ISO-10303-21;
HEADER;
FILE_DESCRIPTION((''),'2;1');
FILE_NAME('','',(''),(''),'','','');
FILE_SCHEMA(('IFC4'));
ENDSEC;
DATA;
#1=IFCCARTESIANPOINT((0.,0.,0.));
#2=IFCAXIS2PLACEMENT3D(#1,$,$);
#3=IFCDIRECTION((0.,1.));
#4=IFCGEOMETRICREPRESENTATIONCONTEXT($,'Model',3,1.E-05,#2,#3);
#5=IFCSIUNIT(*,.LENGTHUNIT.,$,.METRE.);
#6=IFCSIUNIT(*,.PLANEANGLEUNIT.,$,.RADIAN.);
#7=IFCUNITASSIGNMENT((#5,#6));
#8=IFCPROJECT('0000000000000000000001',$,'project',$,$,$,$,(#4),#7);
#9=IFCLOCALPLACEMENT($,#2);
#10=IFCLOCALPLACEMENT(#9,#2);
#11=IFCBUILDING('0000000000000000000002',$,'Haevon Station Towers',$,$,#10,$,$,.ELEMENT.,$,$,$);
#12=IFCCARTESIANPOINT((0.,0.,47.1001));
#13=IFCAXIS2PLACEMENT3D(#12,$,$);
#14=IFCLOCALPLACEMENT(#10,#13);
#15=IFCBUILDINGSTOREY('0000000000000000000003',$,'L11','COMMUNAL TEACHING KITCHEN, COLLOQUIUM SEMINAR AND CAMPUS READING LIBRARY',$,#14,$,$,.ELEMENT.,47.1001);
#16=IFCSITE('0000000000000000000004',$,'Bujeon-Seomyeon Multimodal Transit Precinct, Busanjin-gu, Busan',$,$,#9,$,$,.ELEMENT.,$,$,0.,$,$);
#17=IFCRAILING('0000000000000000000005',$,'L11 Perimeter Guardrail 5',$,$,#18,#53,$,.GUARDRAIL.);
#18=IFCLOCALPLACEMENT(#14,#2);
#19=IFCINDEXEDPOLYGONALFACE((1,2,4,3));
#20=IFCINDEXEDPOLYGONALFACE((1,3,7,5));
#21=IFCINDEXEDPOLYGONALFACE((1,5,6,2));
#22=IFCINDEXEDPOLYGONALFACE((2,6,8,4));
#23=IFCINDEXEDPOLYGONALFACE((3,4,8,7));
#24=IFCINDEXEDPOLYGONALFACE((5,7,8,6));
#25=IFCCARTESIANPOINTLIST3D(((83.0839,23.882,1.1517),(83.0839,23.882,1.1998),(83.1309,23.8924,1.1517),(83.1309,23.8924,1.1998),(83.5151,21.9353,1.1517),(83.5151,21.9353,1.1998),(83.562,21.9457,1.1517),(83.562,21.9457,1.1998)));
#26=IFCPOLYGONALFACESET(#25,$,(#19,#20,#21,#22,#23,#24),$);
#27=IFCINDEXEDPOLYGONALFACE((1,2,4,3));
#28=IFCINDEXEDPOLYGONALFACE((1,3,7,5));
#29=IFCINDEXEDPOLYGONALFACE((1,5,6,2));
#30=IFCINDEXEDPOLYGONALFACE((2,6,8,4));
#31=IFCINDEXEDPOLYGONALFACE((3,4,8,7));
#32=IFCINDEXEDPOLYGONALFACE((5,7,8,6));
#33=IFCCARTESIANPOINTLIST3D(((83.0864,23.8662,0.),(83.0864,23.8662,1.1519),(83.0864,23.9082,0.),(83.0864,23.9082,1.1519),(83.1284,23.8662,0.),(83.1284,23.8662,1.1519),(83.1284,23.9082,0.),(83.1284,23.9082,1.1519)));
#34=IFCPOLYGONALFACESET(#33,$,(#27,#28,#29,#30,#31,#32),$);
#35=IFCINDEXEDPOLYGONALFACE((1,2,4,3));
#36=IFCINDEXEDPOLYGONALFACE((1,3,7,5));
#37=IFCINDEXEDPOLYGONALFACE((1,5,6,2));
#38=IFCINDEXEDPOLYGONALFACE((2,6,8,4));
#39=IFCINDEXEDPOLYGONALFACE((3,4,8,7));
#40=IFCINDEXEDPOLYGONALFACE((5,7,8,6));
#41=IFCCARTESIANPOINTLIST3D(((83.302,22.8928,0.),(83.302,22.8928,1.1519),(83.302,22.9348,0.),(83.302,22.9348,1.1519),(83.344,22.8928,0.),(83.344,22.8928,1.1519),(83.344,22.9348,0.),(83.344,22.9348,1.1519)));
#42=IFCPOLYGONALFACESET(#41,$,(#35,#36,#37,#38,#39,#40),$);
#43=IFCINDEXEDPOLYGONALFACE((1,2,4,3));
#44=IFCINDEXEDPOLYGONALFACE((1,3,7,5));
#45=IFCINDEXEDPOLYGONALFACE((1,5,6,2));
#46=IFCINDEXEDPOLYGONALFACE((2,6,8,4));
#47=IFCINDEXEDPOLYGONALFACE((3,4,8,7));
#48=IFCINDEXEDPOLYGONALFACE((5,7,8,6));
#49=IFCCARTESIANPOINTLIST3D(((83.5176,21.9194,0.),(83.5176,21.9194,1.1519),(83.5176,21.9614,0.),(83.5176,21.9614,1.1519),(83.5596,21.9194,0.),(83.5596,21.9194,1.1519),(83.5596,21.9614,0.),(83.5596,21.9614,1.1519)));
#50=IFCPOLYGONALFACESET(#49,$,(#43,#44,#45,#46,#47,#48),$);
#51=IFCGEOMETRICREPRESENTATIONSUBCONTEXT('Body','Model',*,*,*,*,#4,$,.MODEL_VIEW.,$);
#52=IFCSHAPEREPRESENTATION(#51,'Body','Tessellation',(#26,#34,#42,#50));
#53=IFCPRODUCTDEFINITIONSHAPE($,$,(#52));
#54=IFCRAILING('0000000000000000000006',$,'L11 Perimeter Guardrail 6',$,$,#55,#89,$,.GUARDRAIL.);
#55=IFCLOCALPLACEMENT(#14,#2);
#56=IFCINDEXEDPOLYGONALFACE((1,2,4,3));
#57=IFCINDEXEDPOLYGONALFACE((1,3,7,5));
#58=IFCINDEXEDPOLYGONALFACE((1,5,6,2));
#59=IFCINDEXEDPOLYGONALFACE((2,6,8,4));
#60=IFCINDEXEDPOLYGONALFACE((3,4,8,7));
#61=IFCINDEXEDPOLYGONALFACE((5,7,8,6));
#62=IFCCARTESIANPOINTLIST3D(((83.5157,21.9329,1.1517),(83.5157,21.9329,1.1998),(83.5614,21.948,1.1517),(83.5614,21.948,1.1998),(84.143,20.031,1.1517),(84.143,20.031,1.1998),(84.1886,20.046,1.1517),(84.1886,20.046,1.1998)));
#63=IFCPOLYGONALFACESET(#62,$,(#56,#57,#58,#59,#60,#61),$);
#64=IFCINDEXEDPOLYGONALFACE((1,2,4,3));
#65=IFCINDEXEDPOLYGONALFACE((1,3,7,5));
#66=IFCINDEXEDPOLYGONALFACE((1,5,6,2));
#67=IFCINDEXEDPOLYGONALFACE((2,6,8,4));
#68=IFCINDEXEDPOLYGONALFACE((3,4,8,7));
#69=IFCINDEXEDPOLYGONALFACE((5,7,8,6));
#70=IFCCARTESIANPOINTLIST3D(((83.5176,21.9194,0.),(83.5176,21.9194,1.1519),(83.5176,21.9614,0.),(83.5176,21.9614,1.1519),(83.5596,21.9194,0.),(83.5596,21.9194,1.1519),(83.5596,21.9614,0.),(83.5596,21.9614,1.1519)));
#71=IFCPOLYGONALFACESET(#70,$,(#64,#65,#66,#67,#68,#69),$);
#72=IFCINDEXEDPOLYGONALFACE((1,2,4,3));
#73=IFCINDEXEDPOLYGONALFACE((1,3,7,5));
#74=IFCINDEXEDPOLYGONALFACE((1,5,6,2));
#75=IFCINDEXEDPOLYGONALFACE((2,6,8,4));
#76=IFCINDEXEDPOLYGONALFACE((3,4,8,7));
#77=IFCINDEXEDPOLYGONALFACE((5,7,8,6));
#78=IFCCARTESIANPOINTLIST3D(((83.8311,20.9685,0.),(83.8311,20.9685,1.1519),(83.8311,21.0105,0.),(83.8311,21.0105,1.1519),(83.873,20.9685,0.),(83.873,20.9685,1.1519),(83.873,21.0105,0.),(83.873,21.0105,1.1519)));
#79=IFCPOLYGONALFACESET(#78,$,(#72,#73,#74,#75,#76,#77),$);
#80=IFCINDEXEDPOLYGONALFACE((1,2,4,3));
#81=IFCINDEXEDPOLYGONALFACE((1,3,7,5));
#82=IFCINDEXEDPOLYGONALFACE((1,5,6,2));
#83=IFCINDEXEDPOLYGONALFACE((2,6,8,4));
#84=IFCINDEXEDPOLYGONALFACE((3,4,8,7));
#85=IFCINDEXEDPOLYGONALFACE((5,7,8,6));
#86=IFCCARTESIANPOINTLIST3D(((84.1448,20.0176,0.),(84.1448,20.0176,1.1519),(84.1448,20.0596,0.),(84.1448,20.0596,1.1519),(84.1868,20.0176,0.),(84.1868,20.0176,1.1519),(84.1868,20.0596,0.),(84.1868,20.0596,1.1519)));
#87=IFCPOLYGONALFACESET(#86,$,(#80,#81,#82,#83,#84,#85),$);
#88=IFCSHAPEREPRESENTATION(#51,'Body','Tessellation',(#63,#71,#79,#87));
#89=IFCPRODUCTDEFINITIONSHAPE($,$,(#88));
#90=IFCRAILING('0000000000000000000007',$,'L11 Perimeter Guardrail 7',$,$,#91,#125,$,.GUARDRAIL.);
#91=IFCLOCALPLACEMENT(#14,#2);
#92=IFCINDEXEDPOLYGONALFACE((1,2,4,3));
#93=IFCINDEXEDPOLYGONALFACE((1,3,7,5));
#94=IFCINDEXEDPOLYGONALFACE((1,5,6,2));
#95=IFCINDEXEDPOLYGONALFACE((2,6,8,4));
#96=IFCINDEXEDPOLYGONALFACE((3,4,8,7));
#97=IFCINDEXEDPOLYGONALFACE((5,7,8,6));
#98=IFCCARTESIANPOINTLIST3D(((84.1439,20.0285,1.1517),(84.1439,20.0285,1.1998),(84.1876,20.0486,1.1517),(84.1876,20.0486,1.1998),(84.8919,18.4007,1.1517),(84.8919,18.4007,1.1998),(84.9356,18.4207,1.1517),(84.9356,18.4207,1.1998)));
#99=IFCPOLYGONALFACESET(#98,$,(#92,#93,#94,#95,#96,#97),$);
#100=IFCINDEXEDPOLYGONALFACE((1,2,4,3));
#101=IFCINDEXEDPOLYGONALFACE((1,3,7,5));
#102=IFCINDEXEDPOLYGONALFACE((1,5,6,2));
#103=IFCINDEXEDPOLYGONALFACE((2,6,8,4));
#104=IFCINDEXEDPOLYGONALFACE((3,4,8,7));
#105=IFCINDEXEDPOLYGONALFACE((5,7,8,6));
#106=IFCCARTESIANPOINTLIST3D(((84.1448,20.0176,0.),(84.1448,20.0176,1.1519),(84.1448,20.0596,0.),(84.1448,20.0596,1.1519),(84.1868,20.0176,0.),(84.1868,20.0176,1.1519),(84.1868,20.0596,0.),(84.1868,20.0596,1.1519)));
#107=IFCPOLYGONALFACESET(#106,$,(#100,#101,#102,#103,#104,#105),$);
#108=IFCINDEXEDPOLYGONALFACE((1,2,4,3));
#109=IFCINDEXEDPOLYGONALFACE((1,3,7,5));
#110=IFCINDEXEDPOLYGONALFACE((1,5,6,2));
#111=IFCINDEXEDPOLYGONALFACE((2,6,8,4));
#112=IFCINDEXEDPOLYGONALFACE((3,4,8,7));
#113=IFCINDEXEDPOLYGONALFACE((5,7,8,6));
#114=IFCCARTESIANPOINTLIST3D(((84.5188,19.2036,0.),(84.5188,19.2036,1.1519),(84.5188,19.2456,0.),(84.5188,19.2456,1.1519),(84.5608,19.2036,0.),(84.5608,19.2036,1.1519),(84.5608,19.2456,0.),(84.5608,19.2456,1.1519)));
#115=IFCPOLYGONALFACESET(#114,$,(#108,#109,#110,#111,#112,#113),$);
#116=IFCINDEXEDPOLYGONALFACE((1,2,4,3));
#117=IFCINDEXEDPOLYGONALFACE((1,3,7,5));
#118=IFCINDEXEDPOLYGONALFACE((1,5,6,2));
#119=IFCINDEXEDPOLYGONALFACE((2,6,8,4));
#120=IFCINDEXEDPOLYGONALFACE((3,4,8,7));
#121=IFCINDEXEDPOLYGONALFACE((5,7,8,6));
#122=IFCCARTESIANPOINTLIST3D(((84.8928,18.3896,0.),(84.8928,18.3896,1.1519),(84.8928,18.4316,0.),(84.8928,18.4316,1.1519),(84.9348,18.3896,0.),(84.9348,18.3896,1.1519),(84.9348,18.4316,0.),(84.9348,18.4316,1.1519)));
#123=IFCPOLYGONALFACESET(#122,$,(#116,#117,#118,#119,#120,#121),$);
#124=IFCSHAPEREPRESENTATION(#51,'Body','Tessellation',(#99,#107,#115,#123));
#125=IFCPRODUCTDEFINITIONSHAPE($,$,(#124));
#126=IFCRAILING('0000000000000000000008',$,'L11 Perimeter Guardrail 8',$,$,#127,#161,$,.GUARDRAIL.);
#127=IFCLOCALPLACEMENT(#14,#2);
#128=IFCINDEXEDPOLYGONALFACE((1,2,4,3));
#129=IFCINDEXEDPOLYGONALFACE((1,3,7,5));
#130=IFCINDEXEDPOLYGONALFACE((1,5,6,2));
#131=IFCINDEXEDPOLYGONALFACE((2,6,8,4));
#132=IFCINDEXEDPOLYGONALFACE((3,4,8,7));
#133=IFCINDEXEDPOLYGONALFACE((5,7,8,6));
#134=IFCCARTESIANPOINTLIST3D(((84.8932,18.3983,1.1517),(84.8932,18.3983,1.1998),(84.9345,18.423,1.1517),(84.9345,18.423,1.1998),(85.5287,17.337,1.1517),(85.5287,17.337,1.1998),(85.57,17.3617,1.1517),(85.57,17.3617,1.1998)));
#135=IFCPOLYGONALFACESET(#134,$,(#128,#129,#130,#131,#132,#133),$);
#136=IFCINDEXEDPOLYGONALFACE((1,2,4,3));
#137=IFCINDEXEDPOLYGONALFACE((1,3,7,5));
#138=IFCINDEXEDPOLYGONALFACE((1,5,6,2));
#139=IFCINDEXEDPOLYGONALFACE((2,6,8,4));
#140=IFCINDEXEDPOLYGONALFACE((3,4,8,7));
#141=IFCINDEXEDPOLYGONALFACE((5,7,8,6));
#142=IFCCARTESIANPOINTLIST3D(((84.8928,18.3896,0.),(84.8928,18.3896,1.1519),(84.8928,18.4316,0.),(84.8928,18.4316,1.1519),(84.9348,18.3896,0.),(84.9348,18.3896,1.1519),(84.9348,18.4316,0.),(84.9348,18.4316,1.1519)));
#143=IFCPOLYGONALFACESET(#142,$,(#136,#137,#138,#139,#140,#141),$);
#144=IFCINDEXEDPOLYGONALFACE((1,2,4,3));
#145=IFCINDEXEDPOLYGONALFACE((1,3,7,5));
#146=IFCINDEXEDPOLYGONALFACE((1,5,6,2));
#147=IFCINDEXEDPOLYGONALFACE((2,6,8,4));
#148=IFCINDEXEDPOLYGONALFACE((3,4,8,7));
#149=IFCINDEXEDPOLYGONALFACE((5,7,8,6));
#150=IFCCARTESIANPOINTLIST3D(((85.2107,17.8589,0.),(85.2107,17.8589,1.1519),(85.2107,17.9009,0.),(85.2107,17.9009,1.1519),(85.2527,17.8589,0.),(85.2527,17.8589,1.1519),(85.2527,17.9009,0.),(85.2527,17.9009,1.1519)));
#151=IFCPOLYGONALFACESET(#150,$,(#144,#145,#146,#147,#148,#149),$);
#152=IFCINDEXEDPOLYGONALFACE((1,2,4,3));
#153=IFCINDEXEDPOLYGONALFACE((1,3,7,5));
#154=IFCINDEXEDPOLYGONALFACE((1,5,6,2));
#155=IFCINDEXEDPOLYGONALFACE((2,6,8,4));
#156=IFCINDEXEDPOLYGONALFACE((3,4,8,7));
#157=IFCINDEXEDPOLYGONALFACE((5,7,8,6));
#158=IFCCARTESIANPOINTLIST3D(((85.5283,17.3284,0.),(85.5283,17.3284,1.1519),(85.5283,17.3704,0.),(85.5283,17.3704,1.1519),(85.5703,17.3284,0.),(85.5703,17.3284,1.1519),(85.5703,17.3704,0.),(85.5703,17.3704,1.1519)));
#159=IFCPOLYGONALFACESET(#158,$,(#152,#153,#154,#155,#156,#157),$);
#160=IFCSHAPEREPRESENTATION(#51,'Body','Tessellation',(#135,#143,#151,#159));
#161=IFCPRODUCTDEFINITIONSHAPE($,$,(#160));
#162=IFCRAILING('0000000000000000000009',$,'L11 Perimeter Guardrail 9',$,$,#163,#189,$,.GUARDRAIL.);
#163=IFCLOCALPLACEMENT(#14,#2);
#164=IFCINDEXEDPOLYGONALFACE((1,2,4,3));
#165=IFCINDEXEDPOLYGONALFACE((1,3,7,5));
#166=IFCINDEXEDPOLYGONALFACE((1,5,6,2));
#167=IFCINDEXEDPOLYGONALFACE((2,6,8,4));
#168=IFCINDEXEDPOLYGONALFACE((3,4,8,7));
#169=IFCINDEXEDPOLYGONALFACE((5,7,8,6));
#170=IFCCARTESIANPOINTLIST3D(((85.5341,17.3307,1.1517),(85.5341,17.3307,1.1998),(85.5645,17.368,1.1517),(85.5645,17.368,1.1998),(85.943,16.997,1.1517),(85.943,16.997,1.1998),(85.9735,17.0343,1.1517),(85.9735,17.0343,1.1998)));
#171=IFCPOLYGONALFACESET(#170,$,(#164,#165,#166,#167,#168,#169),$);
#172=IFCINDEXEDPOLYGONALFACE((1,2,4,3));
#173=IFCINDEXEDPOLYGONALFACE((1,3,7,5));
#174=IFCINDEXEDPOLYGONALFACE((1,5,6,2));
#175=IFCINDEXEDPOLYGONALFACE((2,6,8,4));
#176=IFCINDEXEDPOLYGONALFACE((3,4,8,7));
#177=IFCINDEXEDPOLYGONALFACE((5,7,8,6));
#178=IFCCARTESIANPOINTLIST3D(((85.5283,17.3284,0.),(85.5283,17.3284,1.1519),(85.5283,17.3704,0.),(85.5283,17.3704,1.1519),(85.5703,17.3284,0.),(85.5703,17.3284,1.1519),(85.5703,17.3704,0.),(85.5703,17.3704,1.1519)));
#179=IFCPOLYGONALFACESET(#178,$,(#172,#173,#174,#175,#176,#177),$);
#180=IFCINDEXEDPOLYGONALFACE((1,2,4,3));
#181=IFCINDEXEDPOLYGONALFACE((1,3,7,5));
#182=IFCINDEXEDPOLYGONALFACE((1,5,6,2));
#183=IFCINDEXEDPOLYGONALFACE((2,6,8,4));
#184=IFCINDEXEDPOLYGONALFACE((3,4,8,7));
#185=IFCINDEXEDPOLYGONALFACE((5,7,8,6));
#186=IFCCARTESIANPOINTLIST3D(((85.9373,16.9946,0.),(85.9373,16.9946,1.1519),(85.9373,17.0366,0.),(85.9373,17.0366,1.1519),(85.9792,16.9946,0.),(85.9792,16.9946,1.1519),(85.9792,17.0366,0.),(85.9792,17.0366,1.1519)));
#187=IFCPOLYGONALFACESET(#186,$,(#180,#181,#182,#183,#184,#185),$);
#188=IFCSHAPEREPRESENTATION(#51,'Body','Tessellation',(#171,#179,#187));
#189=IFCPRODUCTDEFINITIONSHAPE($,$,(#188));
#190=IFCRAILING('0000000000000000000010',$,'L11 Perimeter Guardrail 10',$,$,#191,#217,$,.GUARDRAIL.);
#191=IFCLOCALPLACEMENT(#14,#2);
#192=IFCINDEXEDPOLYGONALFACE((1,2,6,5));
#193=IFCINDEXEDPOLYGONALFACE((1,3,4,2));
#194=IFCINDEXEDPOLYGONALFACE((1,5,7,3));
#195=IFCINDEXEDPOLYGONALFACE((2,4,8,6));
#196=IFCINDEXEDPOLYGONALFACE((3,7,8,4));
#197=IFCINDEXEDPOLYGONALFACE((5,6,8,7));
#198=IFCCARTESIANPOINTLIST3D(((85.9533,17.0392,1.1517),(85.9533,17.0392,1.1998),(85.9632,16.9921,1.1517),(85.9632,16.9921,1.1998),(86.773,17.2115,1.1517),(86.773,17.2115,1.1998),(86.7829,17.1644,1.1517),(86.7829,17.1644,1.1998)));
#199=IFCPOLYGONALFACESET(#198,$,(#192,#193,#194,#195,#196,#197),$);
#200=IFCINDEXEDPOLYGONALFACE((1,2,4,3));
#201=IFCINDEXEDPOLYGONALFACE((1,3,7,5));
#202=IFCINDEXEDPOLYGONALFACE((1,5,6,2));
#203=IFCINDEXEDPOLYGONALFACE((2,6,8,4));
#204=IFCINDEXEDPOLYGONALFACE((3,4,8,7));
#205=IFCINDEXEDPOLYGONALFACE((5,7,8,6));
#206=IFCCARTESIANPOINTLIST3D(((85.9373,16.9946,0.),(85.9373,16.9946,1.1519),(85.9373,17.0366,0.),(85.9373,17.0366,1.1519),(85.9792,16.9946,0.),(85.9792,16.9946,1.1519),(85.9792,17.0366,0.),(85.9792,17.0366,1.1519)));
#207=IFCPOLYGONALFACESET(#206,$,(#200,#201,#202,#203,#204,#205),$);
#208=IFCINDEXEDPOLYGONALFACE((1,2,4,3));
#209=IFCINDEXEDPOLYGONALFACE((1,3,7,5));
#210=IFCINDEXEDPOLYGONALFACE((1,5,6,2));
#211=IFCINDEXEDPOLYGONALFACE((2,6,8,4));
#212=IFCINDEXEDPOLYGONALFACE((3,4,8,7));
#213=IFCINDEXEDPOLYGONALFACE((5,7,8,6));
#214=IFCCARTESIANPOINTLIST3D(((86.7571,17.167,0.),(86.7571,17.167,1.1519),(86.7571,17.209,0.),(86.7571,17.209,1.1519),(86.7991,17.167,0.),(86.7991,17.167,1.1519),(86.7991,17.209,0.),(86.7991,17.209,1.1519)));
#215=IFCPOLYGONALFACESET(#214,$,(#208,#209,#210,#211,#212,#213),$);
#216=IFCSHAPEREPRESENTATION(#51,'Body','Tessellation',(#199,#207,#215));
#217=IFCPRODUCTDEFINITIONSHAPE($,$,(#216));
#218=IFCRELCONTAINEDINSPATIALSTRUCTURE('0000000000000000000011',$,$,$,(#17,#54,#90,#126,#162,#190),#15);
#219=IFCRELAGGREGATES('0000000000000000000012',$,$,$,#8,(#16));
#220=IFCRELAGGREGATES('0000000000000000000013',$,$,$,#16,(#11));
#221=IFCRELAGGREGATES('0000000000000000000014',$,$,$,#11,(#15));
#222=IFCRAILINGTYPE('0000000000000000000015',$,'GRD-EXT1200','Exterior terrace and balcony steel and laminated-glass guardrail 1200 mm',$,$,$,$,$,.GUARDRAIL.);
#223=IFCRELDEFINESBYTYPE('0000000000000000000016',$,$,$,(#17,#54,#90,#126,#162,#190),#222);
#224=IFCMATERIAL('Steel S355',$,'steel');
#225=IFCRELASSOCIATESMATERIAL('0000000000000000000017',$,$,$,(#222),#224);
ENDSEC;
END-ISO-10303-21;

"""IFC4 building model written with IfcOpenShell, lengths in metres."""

from ifc_helpers import new_model, si_unit, direction, frame, origin, origin_2d, place, context, subcontext, project, spatial, rectangle, extrude, material, type_object, element, save


model = new_model("IFC4")

# Units and contexts
model_context = context("Model", 3, precision=1e-05, world=origin(), true_north=direction((0.0, 1.0)))
body_context = subcontext(model_context, "Body", "Model", "MODEL_VIEW")
ifc_project = project(units=[si_unit("LENGTHUNIT", "METRE"), si_unit("PLANEANGLEUNIT", "RADIAN")], contexts=[model_context])

# Site, building, storey
site_placement = place(None, origin())
site = spatial("IfcSite", under=ifc_project, at=site_placement, Name="Bujeon-Seomyeon Multimodal Transit Precinct, Busanjin-gu, Busan", CompositionType="ELEMENT", RefElevation=0.0)
building_placement = place(site_placement, origin())
building = spatial("IfcBuilding", under=site, at=building_placement, Name="Haevon Station Towers", CompositionType="ELEMENT")
storey_placement = place(building_placement, frame((0.0, 0.0, 47.1001)))
storey = spatial("IfcBuildingStorey", under=building, at=storey_placement, Name="L11", Description="COMMUNAL TEACHING KITCHEN, COLLOQUIUM SEMINAR AND CAMPUS READING LIBRARY", CompositionType="ELEMENT", Elevation=47.1001)

# Railings
ifc_material_1 = material(Name="Steel S355", Category="steel")
railing_type = type_object("IfcRailingType", Name="GRD-EXT1200", Description="Exterior terrace and balcony steel and laminated-glass guardrail 1200 mm", PredefinedType="GUARDRAIL", material=ifc_material_1)
railing_1_placement = place(storey_placement, frame((83.1074, 23.8872, 0.0)))
element("IfcRailing", 1, at=railing_1_placement, inside=storey, type_object=railing_type, Name="L11 Perimeter Guardrail 5", PredefinedType="GUARDRAIL", context=body_context, shape_type="SweptSolid", body=[
    extrude(rectangle(XDim=0.0481, YDim=0.0481, at=origin_2d()), frame((0.0, 0.0, 1.1758), z_axis=(0.21623, -0.976342, 0.0), x_axis=(0.976342, 0.21623, 0.0)), (0.0, 0.0, 1.0), 1.9939),
    extrude(rectangle(XDim=0.042, YDim=0.042, at=origin_2d()), origin(), (0.0, 0.0, 1.0), 1.1519),
    extrude(rectangle(XDim=0.042, YDim=0.042, at=origin_2d()), frame((0.2156, -0.9734, 0.0)), (0.0, 0.0, 1.0), 1.1519),
    extrude(rectangle(XDim=0.042, YDim=0.042, at=origin_2d()), frame((0.4312, -1.9468, 0.0)), (0.0, 0.0, 1.0), 1.1519),
])
railing_2_placement = place(storey_placement, frame((83.5386, 21.9404, 0.0)))
element("IfcRailing", 2, at=railing_2_placement, inside=storey, type_object=railing_type, Name="L11 Perimeter Guardrail 6", PredefinedType="GUARDRAIL", context=body_context, shape_type="SweptSolid", body=[
    extrude(rectangle(XDim=0.0481, YDim=0.0481, at=origin_2d()), frame((0.0, 0.0, 1.1758), z_axis=(0.313191, -0.94969, 0.0), x_axis=(0.94969, 0.313191, 0.0)), (0.0, 0.0, 1.0), 2.0027),
    extrude(rectangle(XDim=0.042, YDim=0.042, at=origin_2d()), origin(), (0.0, 0.0, 1.0), 1.1519),
    extrude(rectangle(XDim=0.042, YDim=0.042, at=origin_2d()), frame((0.3135, -0.9509, 0.0)), (0.0, 0.0, 1.0), 1.1519),
    extrude(rectangle(XDim=0.042, YDim=0.042, at=origin_2d()), frame((0.6272, -1.9019, 0.0)), (0.0, 0.0, 1.0), 1.1519),
])
railing_3_placement = place(storey_placement, frame((84.1658, 20.0386, 0.0)))
element("IfcRailing", 3, at=railing_3_placement, inside=storey, type_object=railing_type, Name="L11 Perimeter Guardrail 7", PredefinedType="GUARDRAIL", context=body_context, shape_type="SweptSolid", body=[
    extrude(rectangle(XDim=0.0481, YDim=0.0481, at=origin_2d()), frame((0.0, 0.0, 1.1758), z_axis=(0.417537, -0.90866, 0.0), x_axis=(0.90866, 0.417537, 0.0)), (0.0, 0.0, 1.0), 1.7915),
    extrude(rectangle(XDim=0.042, YDim=0.042, at=origin_2d()), origin(), (0.0, 0.0, 1.0), 1.1519),
    extrude(rectangle(XDim=0.042, YDim=0.042, at=origin_2d()), frame((0.374, -0.814, 0.0)), (0.0, 0.0, 1.0), 1.1519),
    extrude(rectangle(XDim=0.042, YDim=0.042, at=origin_2d()), frame((0.748, -1.6279, 0.0)), (0.0, 0.0, 1.0), 1.1519),
])
railing_4_placement = place(storey_placement, frame((84.9138, 18.4106, 0.0)))
element("IfcRailing", 4, at=railing_4_placement, inside=storey, type_object=railing_type, Name="L11 Perimeter Guardrail 8", PredefinedType="GUARDRAIL", context=body_context, shape_type="SweptSolid", body=[
    extrude(rectangle(XDim=0.0481, YDim=0.0481, at=origin_2d()), frame((0.0, 0.0, 1.1758), z_axis=(0.513741, -0.857945, 0.0), x_axis=(0.857945, 0.513741, 0.0)), (0.0, 0.0, 1.0), 1.2371),
    extrude(rectangle(XDim=0.042, YDim=0.042, at=origin_2d()), origin(), (0.0, 0.0, 1.0), 1.1519),
    extrude(rectangle(XDim=0.042, YDim=0.042, at=origin_2d()), frame((0.3179, -0.5308, 0.0)), (0.0, 0.0, 1.0), 1.1519),
    extrude(rectangle(XDim=0.042, YDim=0.042, at=origin_2d()), frame((0.6355, -1.0613, 0.0)), (0.0, 0.0, 1.0), 1.1519),
])
railing_5_placement = place(storey_placement, frame((85.5493, 17.3494, 0.0)))
element("IfcRailing", 5, at=railing_5_placement, inside=storey, type_object=railing_type, Name="L11 Perimeter Guardrail 9", PredefinedType="GUARDRAIL", context=body_context, shape_type="SweptSolid", body=[
    extrude(rectangle(XDim=0.0481, YDim=0.0481, at=origin_2d()), frame((0.0, 0.0, 1.1758), z_axis=(0.77474, -0.63228, 0.0), x_axis=(0.63228, 0.77474, 0.0)), (0.0, 0.0, 1.0), 0.5278),
    extrude(rectangle(XDim=0.042, YDim=0.042, at=origin_2d()), origin(), (0.0, 0.0, 1.0), 1.1519),
    extrude(rectangle(XDim=0.042, YDim=0.042, at=origin_2d()), frame((0.4089, -0.3337, 0.0)), (0.0, 0.0, 1.0), 1.1519),
])
railing_6_placement = place(storey_placement, frame((85.9583, 17.0156, 0.0)))
element("IfcRailing", 6, at=railing_6_placement, inside=storey, type_object=railing_type, Name="L11 Perimeter Guardrail 10", PredefinedType="GUARDRAIL", context=body_context, shape_type="SweptSolid", body=[
    extrude(rectangle(XDim=0.0481, YDim=0.0481, at=origin_2d()), frame((0.0, 0.0, 1.1758), z_axis=(0.978605, 0.205746, 0.0), x_axis=(-0.205746, 0.978605, 0.0)), (0.0, 0.0, 1.0), 0.8376),
    extrude(rectangle(XDim=0.042, YDim=0.042, at=origin_2d()), origin(), (0.0, 0.0, 1.0), 1.1519),
    extrude(rectangle(XDim=0.042, YDim=0.042, at=origin_2d()), frame((0.8198, 0.1724, 0.0)), (0.0, 0.0, 1.0), 1.1519),
])

save(model, "model.ifc")
